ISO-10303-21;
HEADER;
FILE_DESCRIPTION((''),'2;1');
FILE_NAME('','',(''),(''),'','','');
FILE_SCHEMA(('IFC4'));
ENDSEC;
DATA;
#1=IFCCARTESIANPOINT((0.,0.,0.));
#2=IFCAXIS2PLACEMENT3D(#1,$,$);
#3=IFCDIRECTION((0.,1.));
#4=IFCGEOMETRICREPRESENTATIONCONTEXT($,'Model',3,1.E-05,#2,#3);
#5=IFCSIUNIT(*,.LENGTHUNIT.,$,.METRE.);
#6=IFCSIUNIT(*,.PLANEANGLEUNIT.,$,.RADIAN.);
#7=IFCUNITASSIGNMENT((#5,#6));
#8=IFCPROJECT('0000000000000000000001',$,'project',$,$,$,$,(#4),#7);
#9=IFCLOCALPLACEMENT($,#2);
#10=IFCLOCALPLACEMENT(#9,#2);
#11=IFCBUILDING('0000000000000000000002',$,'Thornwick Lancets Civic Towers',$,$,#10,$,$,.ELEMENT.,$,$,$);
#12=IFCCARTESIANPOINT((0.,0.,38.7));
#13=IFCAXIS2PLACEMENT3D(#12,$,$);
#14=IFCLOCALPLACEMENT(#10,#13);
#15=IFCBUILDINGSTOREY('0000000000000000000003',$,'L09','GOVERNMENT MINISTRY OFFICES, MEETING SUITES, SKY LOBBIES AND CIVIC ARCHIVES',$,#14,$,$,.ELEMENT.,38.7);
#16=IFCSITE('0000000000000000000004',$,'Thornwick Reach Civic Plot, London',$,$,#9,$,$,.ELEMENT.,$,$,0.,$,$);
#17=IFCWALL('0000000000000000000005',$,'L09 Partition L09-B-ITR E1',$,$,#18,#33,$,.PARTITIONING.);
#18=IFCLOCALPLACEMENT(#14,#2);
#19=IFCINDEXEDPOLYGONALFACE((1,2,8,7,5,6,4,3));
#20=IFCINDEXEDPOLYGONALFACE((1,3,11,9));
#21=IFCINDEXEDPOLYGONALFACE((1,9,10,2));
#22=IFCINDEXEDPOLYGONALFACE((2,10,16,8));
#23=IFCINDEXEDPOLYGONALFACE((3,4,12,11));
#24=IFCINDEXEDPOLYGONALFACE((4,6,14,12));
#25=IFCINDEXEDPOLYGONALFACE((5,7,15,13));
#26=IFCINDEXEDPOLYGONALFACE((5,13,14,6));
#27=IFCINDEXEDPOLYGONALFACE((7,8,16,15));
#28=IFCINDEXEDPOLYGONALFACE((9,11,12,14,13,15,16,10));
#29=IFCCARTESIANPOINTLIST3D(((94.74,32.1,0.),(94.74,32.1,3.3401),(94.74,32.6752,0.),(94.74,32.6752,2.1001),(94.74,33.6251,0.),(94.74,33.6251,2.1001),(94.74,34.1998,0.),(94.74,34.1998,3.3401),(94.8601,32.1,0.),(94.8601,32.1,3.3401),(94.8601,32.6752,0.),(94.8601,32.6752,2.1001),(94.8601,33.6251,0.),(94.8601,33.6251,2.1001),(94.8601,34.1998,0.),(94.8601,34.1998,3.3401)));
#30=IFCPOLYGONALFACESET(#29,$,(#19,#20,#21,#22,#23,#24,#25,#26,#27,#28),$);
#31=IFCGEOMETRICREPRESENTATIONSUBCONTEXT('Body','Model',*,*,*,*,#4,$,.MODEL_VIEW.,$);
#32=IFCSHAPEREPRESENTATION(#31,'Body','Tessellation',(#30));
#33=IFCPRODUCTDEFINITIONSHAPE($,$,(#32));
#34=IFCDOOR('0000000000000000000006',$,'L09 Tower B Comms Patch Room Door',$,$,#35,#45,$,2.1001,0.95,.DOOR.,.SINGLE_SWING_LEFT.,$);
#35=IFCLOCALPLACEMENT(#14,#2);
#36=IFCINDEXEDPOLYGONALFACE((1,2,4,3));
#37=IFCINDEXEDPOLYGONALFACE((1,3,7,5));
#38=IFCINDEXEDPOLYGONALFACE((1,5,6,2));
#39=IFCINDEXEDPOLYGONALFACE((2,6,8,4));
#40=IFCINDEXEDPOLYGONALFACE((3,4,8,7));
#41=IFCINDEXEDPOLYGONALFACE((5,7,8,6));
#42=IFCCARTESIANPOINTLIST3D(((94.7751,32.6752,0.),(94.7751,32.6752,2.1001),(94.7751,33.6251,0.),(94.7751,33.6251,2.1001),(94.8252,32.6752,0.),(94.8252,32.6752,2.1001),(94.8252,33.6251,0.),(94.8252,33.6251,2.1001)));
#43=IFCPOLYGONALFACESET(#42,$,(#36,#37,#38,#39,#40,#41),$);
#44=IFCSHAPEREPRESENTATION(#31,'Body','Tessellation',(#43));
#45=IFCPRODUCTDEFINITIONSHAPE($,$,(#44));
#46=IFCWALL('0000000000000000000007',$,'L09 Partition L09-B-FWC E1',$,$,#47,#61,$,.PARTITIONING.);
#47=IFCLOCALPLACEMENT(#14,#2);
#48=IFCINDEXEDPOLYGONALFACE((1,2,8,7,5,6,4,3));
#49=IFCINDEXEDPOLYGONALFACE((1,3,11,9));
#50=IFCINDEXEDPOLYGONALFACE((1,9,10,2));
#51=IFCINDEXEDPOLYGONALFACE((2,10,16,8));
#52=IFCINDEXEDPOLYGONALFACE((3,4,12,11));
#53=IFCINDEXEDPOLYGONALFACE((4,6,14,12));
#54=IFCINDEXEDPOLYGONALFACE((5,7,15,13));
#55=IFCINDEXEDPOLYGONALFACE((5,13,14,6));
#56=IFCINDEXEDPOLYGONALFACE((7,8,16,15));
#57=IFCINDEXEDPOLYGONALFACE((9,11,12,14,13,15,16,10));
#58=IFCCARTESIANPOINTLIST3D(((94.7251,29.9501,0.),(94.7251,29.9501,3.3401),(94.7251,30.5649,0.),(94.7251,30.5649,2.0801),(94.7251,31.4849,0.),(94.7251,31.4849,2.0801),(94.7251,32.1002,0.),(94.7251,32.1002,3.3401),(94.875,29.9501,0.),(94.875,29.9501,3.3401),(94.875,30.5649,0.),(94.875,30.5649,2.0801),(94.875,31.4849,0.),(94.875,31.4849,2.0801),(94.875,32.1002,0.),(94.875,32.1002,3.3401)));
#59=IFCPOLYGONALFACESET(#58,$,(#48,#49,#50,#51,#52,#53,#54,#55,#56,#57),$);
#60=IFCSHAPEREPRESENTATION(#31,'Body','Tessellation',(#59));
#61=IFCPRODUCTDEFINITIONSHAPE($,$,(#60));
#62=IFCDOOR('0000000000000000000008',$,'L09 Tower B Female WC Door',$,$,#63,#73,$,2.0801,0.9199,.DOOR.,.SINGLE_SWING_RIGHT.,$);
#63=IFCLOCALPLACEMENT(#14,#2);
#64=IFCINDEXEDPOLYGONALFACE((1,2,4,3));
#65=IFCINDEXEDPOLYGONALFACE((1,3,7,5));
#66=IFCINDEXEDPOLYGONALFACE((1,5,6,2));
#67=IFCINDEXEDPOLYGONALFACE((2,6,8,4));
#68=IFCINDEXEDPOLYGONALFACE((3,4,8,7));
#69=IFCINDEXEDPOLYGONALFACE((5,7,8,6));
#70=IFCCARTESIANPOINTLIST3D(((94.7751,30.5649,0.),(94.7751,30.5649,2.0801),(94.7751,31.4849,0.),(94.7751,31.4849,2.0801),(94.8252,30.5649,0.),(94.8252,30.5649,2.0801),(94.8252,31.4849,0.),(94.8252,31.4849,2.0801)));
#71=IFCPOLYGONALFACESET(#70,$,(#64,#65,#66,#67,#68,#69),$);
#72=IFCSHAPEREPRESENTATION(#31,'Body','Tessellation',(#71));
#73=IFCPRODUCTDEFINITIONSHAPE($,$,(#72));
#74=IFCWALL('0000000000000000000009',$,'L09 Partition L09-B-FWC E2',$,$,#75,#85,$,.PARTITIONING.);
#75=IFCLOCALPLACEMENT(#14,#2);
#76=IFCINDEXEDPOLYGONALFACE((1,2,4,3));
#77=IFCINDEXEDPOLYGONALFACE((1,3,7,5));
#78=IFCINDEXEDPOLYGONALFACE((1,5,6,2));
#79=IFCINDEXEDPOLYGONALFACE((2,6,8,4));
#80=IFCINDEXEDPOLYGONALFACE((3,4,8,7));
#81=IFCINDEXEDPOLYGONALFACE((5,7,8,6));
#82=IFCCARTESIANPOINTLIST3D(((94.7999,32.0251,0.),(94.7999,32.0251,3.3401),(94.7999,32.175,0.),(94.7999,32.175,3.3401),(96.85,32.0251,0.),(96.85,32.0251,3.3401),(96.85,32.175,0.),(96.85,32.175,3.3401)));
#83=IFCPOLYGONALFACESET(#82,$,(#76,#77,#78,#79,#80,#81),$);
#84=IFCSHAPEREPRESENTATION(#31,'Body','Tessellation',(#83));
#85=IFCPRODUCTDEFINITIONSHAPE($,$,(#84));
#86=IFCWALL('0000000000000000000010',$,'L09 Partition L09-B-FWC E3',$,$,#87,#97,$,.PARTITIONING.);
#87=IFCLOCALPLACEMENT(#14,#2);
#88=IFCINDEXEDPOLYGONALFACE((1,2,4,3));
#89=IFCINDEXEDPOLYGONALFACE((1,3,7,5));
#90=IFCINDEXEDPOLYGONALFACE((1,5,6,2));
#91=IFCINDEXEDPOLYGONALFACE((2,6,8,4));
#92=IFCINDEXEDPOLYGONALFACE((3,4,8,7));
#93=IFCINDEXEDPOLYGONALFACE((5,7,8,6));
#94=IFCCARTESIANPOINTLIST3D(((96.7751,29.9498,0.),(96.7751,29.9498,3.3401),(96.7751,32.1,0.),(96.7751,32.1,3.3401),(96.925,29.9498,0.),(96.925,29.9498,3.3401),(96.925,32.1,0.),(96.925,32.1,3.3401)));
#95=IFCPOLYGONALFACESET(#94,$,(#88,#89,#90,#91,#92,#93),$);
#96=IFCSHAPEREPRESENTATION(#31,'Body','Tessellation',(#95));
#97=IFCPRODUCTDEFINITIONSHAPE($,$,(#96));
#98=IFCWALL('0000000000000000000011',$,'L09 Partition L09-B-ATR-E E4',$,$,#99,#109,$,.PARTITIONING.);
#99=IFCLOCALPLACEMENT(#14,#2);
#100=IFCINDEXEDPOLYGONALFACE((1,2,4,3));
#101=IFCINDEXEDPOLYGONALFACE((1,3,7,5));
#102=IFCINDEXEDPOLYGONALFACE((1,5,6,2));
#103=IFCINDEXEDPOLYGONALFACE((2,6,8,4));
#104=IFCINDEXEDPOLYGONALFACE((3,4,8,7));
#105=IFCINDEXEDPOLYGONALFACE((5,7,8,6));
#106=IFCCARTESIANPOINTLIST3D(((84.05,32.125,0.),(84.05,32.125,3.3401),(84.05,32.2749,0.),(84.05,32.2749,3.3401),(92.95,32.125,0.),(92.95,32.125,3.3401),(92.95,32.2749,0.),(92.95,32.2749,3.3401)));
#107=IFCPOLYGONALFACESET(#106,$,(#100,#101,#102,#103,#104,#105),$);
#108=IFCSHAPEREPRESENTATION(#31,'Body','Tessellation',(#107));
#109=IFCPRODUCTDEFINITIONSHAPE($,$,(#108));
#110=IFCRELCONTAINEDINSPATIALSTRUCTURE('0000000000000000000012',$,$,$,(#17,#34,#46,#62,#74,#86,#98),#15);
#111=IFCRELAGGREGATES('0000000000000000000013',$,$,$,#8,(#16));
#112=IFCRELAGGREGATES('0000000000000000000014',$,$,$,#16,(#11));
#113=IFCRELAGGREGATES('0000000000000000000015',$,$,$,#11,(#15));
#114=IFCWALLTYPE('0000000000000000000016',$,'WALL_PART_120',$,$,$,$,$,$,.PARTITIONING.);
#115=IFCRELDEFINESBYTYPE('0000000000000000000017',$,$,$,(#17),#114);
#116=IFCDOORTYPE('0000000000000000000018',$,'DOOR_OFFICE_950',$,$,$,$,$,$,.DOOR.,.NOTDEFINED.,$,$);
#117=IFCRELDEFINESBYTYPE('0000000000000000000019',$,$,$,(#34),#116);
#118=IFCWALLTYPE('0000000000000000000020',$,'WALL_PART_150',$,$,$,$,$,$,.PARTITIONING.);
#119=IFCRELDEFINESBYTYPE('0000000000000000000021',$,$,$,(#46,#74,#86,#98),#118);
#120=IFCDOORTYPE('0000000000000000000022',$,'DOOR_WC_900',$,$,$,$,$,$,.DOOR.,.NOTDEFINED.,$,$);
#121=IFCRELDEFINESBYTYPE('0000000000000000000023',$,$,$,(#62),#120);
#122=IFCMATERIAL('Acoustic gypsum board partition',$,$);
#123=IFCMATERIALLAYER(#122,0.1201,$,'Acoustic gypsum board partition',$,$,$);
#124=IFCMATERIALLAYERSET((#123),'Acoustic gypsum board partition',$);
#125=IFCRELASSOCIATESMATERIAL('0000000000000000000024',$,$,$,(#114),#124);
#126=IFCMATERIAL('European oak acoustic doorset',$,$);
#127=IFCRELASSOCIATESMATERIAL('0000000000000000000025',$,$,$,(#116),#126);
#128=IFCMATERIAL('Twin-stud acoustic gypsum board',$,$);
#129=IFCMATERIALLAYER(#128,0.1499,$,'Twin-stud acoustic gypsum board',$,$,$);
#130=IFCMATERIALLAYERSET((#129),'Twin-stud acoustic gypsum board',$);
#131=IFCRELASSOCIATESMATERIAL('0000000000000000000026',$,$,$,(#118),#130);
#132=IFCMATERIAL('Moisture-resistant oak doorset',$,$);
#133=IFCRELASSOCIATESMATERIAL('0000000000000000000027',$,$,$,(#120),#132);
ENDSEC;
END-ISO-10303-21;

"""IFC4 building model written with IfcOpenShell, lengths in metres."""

from ifc_helpers import new_model, si_unit, direction, frame, frame_2d, origin, place, context, subcontext, project, spatial, rectangle, extrude, material, layer, layer_set, type_object, element, fill, save


model = new_model("IFC4")

# Units and contexts
model_context = context("Model", 3, precision=1e-05, world=origin(), true_north=direction((0.0, 1.0)))
body_context = subcontext(model_context, "Body", "Model", "MODEL_VIEW")
ifc_project = project(units=[si_unit("LENGTHUNIT", "METRE"), si_unit("PLANEANGLEUNIT", "RADIAN")], contexts=[model_context])

# Site, building, storey
site_placement = place(None, origin())
site = spatial("IfcSite", under=ifc_project, at=site_placement, Name="Thornwick Reach Civic Plot, London", CompositionType="ELEMENT", RefElevation=0.0)
building_placement = place(site_placement, origin())
building = spatial("IfcBuilding", under=site, at=building_placement, Name="Thornwick Lancets Civic Towers", CompositionType="ELEMENT")
storey_placement = place(building_placement, frame((0.0, 0.0, 38.7)))
storey = spatial("IfcBuildingStorey", under=building, at=storey_placement, Name="L09", Description="GOVERNMENT MINISTRY OFFICES, MEETING SUITES, SKY LOBBIES AND CIVIC ARCHIVES", CompositionType="ELEMENT", Elevation=38.7)

# Walls, openings, doors
ifc_material_1 = material(Name="Acoustic gypsum board partition")
ifc_layer_1 = layer(ifc_material_1, 0.1201, Name="Acoustic gypsum board partition")
ifc_layer_set_1 = layer_set([ifc_layer_1], Name="Acoustic gypsum board partition")
wall_type_1 = type_object("IfcWallType", Name="WALL_PART_120", PredefinedType="PARTITIONING", material=ifc_layer_set_1)
wall_1_placement = place(storey_placement, frame((94.8, 32.1001, 0.0), z_axis=(0.0, 0.0, 1.0), x_axis=(0.0, 1.0, 0.0)))
wall_1 = element("IfcWall", 1, at=wall_1_placement, inside=storey, type_object=wall_type_1, Name="L09 Partition L09-B-ITR E1", PredefinedType="PARTITIONING", context=body_context, shape_type="SweptSolid", body=[
    extrude(rectangle(XDim=2.0999, YDim=0.1201, at=frame_2d((1.0498, 0.0))), origin(), (0.0, 0.0, 1.0), 3.3401),
])
opening_1_placement = place(wall_1_placement, frame((0.575, 0.0, 0.0)))
opening_1 = element("IfcOpeningElement", 2, at=opening_1_placement, cuts=wall_1, PredefinedType="OPENING", context=body_context, shape_type="SweptSolid", body=[
    extrude(rectangle(XDim=0.95, YDim=2.1001, at=frame_2d((0.4751, 1.05))), frame((0.0, 0.0701, 0.0), z_axis=(0.0, -1.0, 0.0), x_axis=(1.0, 0.0, 0.0)), (0.0, 0.0, 1.0), 0.1401),
])
ifc_material_2 = material(Name="European oak acoustic doorset")
door_type_1 = type_object("IfcDoorType", Name="DOOR_OFFICE_950", OperationType="NOTDEFINED", PredefinedType="DOOR", material=ifc_material_2)
door_1_placement = place(opening_1_placement, origin())
door_1 = element("IfcDoor", 3, at=door_1_placement, inside=storey, type_object=door_type_1, Name="L09 Tower B Comms Patch Room Door", OperationType="SINGLE_SWING_LEFT", OverallHeight=2.1001, OverallWidth=0.95, PredefinedType="DOOR", context=body_context, shape_type="SweptSolid", body=[
    extrude(rectangle(XDim=0.95, YDim=2.1001, at=frame_2d((0.4751, 1.05))), frame((0.0, 0.0249, 0.0), z_axis=(0.0, -1.0, 0.0), x_axis=(1.0, 0.0, 0.0)), (0.0, 0.0, 1.0), 0.05),
])
fill(opening_1, door_1)
ifc_material_3 = material(Name="Twin-stud acoustic gypsum board")
ifc_layer_2 = layer(ifc_material_3, 0.1499, Name="Twin-stud acoustic gypsum board")
ifc_layer_set_2 = layer_set([ifc_layer_2], Name="Twin-stud acoustic gypsum board")
wall_type_2 = type_object("IfcWallType", Name="WALL_PART_150", PredefinedType="PARTITIONING", material=ifc_layer_set_2)
wall_2_placement = place(storey_placement, frame((94.8, 29.95, 0.0), z_axis=(0.0, 0.0, 1.0), x_axis=(0.0, 1.0, 0.0)))
wall_2 = element("IfcWall", 4, at=wall_2_placement, inside=storey, type_object=wall_type_2, Name="L09 Partition L09-B-FWC E1", PredefinedType="PARTITIONING", context=body_context, shape_type="SweptSolid", body=[
    extrude(rectangle(XDim=2.1501, YDim=0.1499, at=frame_2d((1.0752, 0.0))), origin(), (0.0, 0.0, 1.0), 3.3401),
])
opening_2_placement = place(wall_2_placement, frame((0.615, 0.0, 0.0)))
opening_2 = element("IfcOpeningElement", 5, at=opening_2_placement, cuts=wall_2, PredefinedType="OPENING", context=body_context, shape_type="SweptSolid", body=[
    extrude(rectangle(XDim=0.9199, YDim=2.0801, at=frame_2d((0.46, 1.04))), frame((0.0, 0.085, 0.0), z_axis=(0.0, -1.0, 0.0), x_axis=(1.0, 0.0, 0.0)), (0.0, 0.0, 1.0), 0.1699),
])
ifc_material_4 = material(Name="Moisture-resistant oak doorset")
door_type_2 = type_object("IfcDoorType", Name="DOOR_WC_900", OperationType="NOTDEFINED", PredefinedType="DOOR", material=ifc_material_4)
door_2_placement = place(opening_2_placement, origin())
door_2 = element("IfcDoor", 6, at=door_2_placement, inside=storey, type_object=door_type_2, Name="L09 Tower B Female WC Door", OperationType="SINGLE_SWING_RIGHT", OverallHeight=2.0801, OverallWidth=0.9199, PredefinedType="DOOR", context=body_context, shape_type="SweptSolid", body=[
    extrude(rectangle(XDim=0.9199, YDim=2.0801, at=frame_2d((0.46, 1.04))), frame((0.0, 0.0249, 0.0), z_axis=(0.0, -1.0, 0.0), x_axis=(1.0, 0.0, 0.0)), (0.0, 0.0, 1.0), 0.05),
])
fill(opening_2, door_2)

# Walls
wall_3_placement = place(storey_placement, frame((94.8, 32.1001, 0.0), z_axis=(0.0, 0.0, 1.0), x_axis=(1.0, 0.0, 0.0)))
element("IfcWall", 7, at=wall_3_placement, inside=storey, type_object=wall_type_2, Name="L09 Partition L09-B-FWC E2", PredefinedType="PARTITIONING", context=body_context, shape_type="SweptSolid", body=[
    extrude(rectangle(XDim=2.05, YDim=0.1499, at=frame_2d((1.0249, 0.0))), origin(), (0.0, 0.0, 1.0), 3.3401),
])
wall_4_placement = place(storey_placement, frame((96.8501, 32.1001, 0.0), z_axis=(0.0, 0.0, 1.0), x_axis=(0.0, -1.0, 0.0)))
element("IfcWall", 8, at=wall_4_placement, inside=storey, type_object=wall_type_2, Name="L09 Partition L09-B-FWC E3", PredefinedType="PARTITIONING", context=body_context, shape_type="SweptSolid", body=[
    extrude(rectangle(XDim=2.1501, YDim=0.1499, at=frame_2d((1.0752, 0.0))), origin(), (0.0, 0.0, 1.0), 3.3401),
])
wall_5_placement = place(storey_placement, frame((92.95, 32.2, 0.0), z_axis=(0.0, 0.0, 1.0), x_axis=(-1.0, 0.0, 0.0)))
element("IfcWall", 9, at=wall_5_placement, inside=storey, type_object=wall_type_2, Name="L09 Partition L09-B-ATR-E E4", PredefinedType="PARTITIONING", context=body_context, shape_type="SweptSolid", body=[
    extrude(rectangle(XDim=8.8999, YDim=0.1499, at=frame_2d((4.45, 0.0))), origin(), (0.0, 0.0, 1.0), 3.3401),
])

save(model, "model.ifc")
